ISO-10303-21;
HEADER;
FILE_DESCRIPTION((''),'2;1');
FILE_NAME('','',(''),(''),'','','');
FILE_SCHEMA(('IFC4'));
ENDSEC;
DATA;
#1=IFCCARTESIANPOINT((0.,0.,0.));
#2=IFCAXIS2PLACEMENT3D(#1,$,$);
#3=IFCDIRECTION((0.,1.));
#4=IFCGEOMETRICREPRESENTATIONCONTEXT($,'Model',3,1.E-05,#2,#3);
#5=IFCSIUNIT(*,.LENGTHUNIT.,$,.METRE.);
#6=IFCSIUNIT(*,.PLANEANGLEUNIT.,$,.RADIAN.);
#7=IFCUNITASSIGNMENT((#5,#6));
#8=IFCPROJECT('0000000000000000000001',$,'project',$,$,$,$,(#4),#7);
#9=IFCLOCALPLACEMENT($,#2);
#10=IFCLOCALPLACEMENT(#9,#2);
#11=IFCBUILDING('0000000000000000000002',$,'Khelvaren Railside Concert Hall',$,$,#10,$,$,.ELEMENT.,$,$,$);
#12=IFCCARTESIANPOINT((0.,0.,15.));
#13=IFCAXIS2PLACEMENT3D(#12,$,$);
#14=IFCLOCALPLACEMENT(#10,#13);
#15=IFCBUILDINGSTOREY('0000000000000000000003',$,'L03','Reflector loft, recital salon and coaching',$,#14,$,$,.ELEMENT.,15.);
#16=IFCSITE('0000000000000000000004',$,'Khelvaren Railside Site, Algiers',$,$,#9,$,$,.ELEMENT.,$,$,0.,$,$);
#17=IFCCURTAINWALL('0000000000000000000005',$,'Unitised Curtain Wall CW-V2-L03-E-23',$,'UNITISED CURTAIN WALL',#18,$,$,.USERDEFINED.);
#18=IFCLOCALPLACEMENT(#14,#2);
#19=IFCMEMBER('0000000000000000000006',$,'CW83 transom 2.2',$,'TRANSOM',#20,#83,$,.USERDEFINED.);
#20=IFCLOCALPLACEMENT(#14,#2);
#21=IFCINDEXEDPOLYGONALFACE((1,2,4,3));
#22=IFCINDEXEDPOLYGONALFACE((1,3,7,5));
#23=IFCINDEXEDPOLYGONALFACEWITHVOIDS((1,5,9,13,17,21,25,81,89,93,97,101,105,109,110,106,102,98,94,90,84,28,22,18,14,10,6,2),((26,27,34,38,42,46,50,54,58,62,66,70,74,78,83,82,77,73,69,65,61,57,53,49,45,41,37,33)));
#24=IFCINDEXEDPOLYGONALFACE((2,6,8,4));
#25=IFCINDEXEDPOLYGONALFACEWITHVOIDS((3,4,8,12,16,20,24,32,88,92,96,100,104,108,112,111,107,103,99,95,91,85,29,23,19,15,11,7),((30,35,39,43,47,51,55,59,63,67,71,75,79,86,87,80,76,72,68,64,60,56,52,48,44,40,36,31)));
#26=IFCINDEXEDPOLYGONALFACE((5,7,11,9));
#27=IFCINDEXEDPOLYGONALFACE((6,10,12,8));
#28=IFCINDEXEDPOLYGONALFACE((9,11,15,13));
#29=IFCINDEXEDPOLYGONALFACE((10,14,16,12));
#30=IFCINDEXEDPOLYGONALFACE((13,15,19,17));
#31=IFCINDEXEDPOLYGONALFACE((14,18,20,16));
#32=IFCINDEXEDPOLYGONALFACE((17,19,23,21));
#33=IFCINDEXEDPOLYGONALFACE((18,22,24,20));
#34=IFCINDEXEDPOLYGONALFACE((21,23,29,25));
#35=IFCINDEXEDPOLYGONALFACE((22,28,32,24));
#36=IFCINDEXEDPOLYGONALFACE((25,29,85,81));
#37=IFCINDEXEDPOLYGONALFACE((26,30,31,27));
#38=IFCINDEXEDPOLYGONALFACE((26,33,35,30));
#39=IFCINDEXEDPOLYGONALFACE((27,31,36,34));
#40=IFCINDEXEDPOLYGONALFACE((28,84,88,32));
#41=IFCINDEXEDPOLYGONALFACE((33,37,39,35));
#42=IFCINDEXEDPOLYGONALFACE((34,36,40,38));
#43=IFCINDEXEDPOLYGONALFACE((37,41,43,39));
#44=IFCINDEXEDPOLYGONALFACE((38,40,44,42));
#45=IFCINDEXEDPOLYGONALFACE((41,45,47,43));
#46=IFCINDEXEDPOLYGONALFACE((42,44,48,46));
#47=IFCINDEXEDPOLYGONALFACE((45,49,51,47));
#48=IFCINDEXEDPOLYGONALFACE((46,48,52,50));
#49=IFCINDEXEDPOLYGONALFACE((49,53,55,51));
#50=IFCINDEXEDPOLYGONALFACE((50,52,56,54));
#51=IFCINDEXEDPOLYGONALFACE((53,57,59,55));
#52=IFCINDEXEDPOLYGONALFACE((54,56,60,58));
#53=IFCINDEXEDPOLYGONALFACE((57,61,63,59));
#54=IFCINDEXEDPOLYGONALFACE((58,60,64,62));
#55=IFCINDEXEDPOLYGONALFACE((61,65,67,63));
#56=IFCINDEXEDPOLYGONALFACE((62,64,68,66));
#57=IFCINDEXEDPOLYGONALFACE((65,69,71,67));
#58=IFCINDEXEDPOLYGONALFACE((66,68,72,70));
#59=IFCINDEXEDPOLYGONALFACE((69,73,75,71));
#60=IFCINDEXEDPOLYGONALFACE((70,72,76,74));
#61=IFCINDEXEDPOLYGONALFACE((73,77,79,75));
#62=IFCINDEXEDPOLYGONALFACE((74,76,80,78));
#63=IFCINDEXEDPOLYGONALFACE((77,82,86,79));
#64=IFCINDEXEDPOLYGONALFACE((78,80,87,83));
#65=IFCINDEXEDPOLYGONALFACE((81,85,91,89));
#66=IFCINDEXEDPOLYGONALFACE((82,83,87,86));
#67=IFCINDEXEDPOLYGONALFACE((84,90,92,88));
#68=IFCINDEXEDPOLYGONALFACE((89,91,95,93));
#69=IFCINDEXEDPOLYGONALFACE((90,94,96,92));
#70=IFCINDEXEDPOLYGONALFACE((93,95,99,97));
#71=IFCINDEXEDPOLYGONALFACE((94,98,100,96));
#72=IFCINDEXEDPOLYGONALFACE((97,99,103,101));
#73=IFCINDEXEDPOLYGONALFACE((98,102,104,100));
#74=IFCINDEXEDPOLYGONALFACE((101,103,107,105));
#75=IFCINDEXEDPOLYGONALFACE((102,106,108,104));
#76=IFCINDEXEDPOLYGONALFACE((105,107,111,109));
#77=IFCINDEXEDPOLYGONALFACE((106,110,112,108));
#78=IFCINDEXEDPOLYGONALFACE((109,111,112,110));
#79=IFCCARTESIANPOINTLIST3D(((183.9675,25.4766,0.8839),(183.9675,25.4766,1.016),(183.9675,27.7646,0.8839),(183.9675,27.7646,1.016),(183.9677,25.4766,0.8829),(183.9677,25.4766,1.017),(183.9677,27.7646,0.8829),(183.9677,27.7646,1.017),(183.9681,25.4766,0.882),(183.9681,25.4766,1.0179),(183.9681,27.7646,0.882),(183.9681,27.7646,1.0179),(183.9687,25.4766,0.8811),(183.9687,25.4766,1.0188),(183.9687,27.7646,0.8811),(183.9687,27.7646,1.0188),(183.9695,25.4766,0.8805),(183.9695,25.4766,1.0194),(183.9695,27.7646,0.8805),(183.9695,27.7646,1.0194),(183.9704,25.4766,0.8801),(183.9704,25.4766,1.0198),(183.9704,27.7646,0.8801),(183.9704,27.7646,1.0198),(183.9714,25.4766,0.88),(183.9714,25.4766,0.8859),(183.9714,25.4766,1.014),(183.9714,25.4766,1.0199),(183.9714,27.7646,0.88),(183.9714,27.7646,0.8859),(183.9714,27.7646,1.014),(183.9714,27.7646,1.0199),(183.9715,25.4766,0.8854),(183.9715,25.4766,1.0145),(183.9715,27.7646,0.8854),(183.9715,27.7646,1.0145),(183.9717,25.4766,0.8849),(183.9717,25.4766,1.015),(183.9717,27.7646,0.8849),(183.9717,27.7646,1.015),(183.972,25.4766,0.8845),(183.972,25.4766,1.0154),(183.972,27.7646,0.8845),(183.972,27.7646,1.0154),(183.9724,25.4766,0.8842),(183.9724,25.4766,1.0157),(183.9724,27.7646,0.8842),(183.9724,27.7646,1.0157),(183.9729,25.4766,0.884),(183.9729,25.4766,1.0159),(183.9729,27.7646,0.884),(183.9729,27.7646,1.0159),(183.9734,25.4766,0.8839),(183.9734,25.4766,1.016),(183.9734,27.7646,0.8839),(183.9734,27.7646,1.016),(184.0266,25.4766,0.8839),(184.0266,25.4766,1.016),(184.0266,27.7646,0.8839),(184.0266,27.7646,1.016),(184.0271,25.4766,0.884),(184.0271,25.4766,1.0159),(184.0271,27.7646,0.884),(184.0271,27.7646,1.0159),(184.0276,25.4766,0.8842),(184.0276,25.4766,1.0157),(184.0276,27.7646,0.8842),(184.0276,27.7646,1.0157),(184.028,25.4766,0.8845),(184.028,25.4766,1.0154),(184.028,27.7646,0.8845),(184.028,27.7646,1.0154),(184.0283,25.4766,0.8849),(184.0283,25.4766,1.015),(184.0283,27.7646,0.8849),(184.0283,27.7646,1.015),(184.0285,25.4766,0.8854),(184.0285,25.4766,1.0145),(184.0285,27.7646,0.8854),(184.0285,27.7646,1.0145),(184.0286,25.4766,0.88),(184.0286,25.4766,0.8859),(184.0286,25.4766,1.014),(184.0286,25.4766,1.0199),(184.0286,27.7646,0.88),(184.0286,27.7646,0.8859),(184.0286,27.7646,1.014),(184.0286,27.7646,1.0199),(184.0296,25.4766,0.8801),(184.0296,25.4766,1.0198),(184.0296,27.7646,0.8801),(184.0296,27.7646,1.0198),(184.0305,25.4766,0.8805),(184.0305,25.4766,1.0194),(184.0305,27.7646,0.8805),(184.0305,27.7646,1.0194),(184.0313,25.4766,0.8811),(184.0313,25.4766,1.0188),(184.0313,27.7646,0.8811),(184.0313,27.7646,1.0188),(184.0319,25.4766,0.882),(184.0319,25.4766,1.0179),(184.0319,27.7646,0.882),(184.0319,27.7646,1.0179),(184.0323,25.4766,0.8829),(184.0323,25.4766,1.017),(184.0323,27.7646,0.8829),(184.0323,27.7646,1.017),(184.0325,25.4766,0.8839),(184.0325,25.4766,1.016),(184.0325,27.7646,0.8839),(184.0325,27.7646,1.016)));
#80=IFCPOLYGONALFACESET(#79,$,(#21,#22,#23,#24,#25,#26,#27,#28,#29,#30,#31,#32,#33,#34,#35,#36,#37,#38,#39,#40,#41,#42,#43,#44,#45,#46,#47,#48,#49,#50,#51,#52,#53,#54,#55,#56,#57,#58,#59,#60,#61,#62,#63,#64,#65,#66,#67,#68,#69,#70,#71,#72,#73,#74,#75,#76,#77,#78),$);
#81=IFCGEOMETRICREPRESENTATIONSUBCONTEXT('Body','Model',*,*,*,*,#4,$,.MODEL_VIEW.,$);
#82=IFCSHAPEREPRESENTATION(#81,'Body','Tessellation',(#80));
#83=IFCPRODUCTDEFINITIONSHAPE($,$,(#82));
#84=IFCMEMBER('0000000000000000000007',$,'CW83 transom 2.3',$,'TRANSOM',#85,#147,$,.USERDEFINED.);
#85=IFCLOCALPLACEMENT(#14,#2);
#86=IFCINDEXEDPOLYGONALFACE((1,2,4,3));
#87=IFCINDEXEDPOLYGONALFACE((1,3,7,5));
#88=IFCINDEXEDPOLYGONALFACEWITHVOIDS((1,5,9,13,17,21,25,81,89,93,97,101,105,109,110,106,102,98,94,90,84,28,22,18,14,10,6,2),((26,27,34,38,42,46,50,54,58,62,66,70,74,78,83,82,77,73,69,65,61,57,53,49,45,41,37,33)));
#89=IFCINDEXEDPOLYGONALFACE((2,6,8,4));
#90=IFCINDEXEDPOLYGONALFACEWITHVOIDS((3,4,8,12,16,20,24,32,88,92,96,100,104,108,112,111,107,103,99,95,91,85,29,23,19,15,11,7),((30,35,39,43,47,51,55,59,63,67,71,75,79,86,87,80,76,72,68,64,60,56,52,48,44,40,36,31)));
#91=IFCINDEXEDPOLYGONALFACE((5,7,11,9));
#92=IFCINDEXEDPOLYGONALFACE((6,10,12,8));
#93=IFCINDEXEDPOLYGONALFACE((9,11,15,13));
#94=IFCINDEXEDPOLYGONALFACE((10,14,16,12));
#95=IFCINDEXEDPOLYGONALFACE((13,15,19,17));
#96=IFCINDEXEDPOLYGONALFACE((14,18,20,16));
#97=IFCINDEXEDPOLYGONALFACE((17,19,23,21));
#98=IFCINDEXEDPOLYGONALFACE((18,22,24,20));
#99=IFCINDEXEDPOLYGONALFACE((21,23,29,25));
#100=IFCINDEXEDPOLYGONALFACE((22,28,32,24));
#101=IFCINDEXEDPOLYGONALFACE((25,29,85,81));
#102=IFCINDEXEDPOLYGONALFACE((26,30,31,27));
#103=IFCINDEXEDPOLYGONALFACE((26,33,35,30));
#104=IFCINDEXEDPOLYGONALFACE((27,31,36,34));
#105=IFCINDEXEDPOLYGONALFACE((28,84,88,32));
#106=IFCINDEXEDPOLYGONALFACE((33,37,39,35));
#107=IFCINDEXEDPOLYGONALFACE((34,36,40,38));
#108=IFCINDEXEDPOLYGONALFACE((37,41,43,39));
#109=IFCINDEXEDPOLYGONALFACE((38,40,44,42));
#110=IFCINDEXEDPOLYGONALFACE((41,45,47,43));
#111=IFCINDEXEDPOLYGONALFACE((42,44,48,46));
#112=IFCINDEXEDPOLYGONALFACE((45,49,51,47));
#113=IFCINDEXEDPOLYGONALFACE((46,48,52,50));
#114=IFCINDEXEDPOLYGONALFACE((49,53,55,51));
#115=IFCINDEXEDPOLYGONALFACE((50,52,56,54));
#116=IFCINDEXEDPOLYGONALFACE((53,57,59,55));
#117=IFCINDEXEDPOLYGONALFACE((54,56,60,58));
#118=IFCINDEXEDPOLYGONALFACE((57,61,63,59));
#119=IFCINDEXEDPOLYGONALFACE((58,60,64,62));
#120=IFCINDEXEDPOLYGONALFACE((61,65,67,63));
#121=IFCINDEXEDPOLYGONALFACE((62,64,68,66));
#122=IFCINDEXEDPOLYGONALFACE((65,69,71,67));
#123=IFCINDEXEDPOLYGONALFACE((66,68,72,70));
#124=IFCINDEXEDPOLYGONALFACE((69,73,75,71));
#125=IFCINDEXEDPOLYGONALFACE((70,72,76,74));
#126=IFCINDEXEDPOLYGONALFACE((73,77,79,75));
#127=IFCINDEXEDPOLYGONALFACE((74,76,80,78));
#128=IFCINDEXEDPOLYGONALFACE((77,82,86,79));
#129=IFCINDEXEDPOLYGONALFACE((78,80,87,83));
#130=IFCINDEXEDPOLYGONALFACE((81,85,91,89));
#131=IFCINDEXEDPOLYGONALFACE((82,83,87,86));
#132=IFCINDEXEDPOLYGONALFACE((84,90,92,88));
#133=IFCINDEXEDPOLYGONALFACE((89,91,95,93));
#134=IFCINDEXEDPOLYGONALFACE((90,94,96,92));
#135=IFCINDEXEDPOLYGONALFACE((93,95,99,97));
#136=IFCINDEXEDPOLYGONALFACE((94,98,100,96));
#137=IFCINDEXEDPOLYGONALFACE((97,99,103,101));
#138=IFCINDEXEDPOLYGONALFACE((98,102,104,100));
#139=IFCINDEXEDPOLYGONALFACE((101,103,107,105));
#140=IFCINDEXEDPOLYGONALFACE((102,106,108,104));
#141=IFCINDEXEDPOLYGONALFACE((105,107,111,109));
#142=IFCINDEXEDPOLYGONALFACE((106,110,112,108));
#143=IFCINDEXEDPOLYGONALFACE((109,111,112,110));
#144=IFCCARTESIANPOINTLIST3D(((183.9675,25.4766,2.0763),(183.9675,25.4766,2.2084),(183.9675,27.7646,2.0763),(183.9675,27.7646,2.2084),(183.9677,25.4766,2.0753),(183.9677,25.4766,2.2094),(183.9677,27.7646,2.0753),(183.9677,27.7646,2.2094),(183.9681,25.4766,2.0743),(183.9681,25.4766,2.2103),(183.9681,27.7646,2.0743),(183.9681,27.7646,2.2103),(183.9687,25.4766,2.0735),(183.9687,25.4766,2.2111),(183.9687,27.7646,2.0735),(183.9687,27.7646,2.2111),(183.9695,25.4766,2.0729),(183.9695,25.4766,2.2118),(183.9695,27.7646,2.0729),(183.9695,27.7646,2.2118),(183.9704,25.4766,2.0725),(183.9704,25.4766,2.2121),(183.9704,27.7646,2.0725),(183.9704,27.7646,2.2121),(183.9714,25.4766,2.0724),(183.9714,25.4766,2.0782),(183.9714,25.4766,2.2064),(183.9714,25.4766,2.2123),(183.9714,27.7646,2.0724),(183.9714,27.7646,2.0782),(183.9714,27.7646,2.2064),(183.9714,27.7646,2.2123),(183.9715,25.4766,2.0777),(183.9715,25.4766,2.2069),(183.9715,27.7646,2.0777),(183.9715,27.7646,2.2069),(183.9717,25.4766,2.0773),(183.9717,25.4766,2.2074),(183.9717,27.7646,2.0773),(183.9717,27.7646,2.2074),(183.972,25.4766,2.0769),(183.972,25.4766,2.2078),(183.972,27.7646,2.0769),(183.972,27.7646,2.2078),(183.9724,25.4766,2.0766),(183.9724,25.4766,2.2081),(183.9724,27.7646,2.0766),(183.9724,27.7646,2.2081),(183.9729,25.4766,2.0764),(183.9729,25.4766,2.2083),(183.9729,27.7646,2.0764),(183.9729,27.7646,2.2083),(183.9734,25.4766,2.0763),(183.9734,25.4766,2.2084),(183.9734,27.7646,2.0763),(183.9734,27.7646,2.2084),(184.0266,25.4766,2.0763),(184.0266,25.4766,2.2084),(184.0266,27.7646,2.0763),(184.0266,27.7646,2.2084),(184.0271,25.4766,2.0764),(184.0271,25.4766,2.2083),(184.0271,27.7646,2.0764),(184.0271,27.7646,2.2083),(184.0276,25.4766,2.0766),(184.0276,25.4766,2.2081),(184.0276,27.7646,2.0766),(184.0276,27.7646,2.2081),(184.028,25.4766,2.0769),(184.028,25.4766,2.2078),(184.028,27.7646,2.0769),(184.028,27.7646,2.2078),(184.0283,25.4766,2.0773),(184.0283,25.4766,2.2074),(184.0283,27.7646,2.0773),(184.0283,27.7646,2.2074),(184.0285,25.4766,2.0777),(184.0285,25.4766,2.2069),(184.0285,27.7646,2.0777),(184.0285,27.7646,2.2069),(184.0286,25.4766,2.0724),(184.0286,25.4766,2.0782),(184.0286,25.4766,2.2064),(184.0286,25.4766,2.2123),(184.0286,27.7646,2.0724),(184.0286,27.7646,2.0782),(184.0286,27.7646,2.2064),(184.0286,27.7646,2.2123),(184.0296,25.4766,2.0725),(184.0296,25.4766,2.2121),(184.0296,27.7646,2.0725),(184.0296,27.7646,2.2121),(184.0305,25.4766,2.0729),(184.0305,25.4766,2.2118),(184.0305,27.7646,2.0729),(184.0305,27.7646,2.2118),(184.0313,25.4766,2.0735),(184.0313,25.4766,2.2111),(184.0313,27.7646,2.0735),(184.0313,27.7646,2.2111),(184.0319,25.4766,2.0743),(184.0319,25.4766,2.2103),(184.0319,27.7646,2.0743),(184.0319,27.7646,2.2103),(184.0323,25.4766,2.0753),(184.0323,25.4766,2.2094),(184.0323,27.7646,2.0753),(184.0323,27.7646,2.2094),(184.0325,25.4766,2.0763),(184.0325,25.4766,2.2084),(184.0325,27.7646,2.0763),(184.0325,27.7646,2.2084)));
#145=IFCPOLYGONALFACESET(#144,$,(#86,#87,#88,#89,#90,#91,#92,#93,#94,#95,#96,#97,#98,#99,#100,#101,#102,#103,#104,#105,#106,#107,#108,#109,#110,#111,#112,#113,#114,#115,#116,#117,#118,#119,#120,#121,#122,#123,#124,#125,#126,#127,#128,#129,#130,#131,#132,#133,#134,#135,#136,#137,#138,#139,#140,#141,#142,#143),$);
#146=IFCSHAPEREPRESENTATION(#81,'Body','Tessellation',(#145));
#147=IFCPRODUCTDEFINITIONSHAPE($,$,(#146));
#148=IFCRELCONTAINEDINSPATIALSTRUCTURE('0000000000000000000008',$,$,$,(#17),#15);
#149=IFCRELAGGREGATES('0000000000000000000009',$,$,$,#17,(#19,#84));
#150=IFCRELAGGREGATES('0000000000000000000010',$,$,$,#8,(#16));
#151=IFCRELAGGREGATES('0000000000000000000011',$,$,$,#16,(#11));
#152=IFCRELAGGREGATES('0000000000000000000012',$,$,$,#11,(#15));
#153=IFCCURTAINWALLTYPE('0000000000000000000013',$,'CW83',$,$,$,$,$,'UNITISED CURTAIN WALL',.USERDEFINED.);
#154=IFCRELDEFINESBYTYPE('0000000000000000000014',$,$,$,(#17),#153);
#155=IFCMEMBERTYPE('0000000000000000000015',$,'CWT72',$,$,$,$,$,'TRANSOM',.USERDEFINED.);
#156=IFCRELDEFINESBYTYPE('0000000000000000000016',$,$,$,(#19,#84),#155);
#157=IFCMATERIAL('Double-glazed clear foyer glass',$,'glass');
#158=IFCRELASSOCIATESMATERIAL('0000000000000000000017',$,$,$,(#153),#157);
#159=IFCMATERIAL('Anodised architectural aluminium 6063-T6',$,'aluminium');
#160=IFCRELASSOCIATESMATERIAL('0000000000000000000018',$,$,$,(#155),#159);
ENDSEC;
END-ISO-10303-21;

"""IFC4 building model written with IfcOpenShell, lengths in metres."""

from ifc_helpers import new_model, si_unit, direction, frame, origin, origin_2d, place, context, subcontext, project, spatial, hollow_rectangle, extrude, material, material_profile, profile_set, type_object, element, aggregate, save


model = new_model("IFC4")

# Units and contexts
model_context = context("Model", 3, precision=1e-05, world=origin(), true_north=direction((0.0, 1.0)))
body_context = subcontext(model_context, "Body", "Model", "MODEL_VIEW")
ifc_project = project(units=[si_unit("LENGTHUNIT", "METRE"), si_unit("PLANEANGLEUNIT", "RADIAN")], contexts=[model_context])

# Site, building, storey
site_placement = place(None, origin())
site = spatial("IfcSite", under=ifc_project, at=site_placement, Name="Khelvaren Railside Site, Algiers", CompositionType="ELEMENT", RefElevation=0.0)
building_placement = place(site_placement, origin())
building = spatial("IfcBuilding", under=site, at=building_placement, Name="Khelvaren Railside Concert Hall", CompositionType="ELEMENT")
storey_placement = place(building_placement, frame((0.0, 0.0, 15.0)))
storey = spatial("IfcBuildingStorey", under=building, at=storey_placement, Name="L03", Description="Reflector loft, recital salon and coaching", CompositionType="ELEMENT", Elevation=15.0)

# Curtain wall, members
ifc_material_1 = material(Name="Double-glazed clear foyer glass", Category="glass")
curtain_wall_type = type_object("IfcCurtainWallType", Name="CW83", ElementType="UNITISED CURTAIN WALL", PredefinedType="USERDEFINED", material=ifc_material_1)
curtain_wall_placement = place(storey_placement, origin())
curtain_wall = element("IfcCurtainWall", 1, at=curtain_wall_placement, inside=storey, type_object=curtain_wall_type, Name="Unitised Curtain Wall CW-V2-L03-E-23", ObjectType="UNITISED CURTAIN WALL", PredefinedType="USERDEFINED")
ifc_material_2 = material(Name="Anodised architectural aluminium 6063-T6", Category="aluminium")
ifc_material_profile_1 = material_profile(ifc_material_2, hollow_rectangle(XDim=0.0649, YDim=0.1399, WallThickness=0.0039, InnerFilletRadius=0.002, OuterFilletRadius=0.0039, at=origin_2d()), Name="CWT 65x140x4")
ifc_profile_set_1 = profile_set([ifc_material_profile_1], Name="Anodised architectural aluminium 6063-T6")
member_type_1 = type_object("IfcMemberType", Name="CWT72", ElementType="TRANSOM", PredefinedType="USERDEFINED", material=ifc_profile_set_1)
member_1_placement = place(storey_placement, frame((184.0, 27.7646, 0.95), z_axis=(0.0, -1.0, 0.0), x_axis=(1.0, 0.0, 0.0)))
member_1 = element("IfcMember", 2, at=member_1_placement, type_object=member_type_1, Name="CW83 transom 2.2", ObjectType="TRANSOM", PredefinedType="USERDEFINED", context=body_context, shape_type="SweptSolid", body=[
    extrude(hollow_rectangle(XDim=0.0649, YDim=0.1399, WallThickness=0.0039, InnerFilletRadius=0.002, OuterFilletRadius=0.0039, at=origin_2d()), origin(), (0.0, 0.0, 1.0), 2.2881),
])
member_2_placement = place(storey_placement, frame((184.0, 27.7646, 2.1423), z_axis=(0.0, -1.0, 0.0), x_axis=(1.0, 0.0, 0.0)))
member_2 = element("IfcMember", 3, at=member_2_placement, type_object=member_type_1, Name="CW83 transom 2.3", ObjectType="TRANSOM", PredefinedType="USERDEFINED", context=body_context, shape_type="SweptSolid", body=[
    extrude(hollow_rectangle(XDim=0.0649, YDim=0.1399, WallThickness=0.0039, InnerFilletRadius=0.002, OuterFilletRadius=0.0039, at=origin_2d()), origin(), (0.0, 0.0, 1.0), 2.2881),
])

aggregate(curtain_wall, [member_1, member_2])

save(model, "model.ifc")
